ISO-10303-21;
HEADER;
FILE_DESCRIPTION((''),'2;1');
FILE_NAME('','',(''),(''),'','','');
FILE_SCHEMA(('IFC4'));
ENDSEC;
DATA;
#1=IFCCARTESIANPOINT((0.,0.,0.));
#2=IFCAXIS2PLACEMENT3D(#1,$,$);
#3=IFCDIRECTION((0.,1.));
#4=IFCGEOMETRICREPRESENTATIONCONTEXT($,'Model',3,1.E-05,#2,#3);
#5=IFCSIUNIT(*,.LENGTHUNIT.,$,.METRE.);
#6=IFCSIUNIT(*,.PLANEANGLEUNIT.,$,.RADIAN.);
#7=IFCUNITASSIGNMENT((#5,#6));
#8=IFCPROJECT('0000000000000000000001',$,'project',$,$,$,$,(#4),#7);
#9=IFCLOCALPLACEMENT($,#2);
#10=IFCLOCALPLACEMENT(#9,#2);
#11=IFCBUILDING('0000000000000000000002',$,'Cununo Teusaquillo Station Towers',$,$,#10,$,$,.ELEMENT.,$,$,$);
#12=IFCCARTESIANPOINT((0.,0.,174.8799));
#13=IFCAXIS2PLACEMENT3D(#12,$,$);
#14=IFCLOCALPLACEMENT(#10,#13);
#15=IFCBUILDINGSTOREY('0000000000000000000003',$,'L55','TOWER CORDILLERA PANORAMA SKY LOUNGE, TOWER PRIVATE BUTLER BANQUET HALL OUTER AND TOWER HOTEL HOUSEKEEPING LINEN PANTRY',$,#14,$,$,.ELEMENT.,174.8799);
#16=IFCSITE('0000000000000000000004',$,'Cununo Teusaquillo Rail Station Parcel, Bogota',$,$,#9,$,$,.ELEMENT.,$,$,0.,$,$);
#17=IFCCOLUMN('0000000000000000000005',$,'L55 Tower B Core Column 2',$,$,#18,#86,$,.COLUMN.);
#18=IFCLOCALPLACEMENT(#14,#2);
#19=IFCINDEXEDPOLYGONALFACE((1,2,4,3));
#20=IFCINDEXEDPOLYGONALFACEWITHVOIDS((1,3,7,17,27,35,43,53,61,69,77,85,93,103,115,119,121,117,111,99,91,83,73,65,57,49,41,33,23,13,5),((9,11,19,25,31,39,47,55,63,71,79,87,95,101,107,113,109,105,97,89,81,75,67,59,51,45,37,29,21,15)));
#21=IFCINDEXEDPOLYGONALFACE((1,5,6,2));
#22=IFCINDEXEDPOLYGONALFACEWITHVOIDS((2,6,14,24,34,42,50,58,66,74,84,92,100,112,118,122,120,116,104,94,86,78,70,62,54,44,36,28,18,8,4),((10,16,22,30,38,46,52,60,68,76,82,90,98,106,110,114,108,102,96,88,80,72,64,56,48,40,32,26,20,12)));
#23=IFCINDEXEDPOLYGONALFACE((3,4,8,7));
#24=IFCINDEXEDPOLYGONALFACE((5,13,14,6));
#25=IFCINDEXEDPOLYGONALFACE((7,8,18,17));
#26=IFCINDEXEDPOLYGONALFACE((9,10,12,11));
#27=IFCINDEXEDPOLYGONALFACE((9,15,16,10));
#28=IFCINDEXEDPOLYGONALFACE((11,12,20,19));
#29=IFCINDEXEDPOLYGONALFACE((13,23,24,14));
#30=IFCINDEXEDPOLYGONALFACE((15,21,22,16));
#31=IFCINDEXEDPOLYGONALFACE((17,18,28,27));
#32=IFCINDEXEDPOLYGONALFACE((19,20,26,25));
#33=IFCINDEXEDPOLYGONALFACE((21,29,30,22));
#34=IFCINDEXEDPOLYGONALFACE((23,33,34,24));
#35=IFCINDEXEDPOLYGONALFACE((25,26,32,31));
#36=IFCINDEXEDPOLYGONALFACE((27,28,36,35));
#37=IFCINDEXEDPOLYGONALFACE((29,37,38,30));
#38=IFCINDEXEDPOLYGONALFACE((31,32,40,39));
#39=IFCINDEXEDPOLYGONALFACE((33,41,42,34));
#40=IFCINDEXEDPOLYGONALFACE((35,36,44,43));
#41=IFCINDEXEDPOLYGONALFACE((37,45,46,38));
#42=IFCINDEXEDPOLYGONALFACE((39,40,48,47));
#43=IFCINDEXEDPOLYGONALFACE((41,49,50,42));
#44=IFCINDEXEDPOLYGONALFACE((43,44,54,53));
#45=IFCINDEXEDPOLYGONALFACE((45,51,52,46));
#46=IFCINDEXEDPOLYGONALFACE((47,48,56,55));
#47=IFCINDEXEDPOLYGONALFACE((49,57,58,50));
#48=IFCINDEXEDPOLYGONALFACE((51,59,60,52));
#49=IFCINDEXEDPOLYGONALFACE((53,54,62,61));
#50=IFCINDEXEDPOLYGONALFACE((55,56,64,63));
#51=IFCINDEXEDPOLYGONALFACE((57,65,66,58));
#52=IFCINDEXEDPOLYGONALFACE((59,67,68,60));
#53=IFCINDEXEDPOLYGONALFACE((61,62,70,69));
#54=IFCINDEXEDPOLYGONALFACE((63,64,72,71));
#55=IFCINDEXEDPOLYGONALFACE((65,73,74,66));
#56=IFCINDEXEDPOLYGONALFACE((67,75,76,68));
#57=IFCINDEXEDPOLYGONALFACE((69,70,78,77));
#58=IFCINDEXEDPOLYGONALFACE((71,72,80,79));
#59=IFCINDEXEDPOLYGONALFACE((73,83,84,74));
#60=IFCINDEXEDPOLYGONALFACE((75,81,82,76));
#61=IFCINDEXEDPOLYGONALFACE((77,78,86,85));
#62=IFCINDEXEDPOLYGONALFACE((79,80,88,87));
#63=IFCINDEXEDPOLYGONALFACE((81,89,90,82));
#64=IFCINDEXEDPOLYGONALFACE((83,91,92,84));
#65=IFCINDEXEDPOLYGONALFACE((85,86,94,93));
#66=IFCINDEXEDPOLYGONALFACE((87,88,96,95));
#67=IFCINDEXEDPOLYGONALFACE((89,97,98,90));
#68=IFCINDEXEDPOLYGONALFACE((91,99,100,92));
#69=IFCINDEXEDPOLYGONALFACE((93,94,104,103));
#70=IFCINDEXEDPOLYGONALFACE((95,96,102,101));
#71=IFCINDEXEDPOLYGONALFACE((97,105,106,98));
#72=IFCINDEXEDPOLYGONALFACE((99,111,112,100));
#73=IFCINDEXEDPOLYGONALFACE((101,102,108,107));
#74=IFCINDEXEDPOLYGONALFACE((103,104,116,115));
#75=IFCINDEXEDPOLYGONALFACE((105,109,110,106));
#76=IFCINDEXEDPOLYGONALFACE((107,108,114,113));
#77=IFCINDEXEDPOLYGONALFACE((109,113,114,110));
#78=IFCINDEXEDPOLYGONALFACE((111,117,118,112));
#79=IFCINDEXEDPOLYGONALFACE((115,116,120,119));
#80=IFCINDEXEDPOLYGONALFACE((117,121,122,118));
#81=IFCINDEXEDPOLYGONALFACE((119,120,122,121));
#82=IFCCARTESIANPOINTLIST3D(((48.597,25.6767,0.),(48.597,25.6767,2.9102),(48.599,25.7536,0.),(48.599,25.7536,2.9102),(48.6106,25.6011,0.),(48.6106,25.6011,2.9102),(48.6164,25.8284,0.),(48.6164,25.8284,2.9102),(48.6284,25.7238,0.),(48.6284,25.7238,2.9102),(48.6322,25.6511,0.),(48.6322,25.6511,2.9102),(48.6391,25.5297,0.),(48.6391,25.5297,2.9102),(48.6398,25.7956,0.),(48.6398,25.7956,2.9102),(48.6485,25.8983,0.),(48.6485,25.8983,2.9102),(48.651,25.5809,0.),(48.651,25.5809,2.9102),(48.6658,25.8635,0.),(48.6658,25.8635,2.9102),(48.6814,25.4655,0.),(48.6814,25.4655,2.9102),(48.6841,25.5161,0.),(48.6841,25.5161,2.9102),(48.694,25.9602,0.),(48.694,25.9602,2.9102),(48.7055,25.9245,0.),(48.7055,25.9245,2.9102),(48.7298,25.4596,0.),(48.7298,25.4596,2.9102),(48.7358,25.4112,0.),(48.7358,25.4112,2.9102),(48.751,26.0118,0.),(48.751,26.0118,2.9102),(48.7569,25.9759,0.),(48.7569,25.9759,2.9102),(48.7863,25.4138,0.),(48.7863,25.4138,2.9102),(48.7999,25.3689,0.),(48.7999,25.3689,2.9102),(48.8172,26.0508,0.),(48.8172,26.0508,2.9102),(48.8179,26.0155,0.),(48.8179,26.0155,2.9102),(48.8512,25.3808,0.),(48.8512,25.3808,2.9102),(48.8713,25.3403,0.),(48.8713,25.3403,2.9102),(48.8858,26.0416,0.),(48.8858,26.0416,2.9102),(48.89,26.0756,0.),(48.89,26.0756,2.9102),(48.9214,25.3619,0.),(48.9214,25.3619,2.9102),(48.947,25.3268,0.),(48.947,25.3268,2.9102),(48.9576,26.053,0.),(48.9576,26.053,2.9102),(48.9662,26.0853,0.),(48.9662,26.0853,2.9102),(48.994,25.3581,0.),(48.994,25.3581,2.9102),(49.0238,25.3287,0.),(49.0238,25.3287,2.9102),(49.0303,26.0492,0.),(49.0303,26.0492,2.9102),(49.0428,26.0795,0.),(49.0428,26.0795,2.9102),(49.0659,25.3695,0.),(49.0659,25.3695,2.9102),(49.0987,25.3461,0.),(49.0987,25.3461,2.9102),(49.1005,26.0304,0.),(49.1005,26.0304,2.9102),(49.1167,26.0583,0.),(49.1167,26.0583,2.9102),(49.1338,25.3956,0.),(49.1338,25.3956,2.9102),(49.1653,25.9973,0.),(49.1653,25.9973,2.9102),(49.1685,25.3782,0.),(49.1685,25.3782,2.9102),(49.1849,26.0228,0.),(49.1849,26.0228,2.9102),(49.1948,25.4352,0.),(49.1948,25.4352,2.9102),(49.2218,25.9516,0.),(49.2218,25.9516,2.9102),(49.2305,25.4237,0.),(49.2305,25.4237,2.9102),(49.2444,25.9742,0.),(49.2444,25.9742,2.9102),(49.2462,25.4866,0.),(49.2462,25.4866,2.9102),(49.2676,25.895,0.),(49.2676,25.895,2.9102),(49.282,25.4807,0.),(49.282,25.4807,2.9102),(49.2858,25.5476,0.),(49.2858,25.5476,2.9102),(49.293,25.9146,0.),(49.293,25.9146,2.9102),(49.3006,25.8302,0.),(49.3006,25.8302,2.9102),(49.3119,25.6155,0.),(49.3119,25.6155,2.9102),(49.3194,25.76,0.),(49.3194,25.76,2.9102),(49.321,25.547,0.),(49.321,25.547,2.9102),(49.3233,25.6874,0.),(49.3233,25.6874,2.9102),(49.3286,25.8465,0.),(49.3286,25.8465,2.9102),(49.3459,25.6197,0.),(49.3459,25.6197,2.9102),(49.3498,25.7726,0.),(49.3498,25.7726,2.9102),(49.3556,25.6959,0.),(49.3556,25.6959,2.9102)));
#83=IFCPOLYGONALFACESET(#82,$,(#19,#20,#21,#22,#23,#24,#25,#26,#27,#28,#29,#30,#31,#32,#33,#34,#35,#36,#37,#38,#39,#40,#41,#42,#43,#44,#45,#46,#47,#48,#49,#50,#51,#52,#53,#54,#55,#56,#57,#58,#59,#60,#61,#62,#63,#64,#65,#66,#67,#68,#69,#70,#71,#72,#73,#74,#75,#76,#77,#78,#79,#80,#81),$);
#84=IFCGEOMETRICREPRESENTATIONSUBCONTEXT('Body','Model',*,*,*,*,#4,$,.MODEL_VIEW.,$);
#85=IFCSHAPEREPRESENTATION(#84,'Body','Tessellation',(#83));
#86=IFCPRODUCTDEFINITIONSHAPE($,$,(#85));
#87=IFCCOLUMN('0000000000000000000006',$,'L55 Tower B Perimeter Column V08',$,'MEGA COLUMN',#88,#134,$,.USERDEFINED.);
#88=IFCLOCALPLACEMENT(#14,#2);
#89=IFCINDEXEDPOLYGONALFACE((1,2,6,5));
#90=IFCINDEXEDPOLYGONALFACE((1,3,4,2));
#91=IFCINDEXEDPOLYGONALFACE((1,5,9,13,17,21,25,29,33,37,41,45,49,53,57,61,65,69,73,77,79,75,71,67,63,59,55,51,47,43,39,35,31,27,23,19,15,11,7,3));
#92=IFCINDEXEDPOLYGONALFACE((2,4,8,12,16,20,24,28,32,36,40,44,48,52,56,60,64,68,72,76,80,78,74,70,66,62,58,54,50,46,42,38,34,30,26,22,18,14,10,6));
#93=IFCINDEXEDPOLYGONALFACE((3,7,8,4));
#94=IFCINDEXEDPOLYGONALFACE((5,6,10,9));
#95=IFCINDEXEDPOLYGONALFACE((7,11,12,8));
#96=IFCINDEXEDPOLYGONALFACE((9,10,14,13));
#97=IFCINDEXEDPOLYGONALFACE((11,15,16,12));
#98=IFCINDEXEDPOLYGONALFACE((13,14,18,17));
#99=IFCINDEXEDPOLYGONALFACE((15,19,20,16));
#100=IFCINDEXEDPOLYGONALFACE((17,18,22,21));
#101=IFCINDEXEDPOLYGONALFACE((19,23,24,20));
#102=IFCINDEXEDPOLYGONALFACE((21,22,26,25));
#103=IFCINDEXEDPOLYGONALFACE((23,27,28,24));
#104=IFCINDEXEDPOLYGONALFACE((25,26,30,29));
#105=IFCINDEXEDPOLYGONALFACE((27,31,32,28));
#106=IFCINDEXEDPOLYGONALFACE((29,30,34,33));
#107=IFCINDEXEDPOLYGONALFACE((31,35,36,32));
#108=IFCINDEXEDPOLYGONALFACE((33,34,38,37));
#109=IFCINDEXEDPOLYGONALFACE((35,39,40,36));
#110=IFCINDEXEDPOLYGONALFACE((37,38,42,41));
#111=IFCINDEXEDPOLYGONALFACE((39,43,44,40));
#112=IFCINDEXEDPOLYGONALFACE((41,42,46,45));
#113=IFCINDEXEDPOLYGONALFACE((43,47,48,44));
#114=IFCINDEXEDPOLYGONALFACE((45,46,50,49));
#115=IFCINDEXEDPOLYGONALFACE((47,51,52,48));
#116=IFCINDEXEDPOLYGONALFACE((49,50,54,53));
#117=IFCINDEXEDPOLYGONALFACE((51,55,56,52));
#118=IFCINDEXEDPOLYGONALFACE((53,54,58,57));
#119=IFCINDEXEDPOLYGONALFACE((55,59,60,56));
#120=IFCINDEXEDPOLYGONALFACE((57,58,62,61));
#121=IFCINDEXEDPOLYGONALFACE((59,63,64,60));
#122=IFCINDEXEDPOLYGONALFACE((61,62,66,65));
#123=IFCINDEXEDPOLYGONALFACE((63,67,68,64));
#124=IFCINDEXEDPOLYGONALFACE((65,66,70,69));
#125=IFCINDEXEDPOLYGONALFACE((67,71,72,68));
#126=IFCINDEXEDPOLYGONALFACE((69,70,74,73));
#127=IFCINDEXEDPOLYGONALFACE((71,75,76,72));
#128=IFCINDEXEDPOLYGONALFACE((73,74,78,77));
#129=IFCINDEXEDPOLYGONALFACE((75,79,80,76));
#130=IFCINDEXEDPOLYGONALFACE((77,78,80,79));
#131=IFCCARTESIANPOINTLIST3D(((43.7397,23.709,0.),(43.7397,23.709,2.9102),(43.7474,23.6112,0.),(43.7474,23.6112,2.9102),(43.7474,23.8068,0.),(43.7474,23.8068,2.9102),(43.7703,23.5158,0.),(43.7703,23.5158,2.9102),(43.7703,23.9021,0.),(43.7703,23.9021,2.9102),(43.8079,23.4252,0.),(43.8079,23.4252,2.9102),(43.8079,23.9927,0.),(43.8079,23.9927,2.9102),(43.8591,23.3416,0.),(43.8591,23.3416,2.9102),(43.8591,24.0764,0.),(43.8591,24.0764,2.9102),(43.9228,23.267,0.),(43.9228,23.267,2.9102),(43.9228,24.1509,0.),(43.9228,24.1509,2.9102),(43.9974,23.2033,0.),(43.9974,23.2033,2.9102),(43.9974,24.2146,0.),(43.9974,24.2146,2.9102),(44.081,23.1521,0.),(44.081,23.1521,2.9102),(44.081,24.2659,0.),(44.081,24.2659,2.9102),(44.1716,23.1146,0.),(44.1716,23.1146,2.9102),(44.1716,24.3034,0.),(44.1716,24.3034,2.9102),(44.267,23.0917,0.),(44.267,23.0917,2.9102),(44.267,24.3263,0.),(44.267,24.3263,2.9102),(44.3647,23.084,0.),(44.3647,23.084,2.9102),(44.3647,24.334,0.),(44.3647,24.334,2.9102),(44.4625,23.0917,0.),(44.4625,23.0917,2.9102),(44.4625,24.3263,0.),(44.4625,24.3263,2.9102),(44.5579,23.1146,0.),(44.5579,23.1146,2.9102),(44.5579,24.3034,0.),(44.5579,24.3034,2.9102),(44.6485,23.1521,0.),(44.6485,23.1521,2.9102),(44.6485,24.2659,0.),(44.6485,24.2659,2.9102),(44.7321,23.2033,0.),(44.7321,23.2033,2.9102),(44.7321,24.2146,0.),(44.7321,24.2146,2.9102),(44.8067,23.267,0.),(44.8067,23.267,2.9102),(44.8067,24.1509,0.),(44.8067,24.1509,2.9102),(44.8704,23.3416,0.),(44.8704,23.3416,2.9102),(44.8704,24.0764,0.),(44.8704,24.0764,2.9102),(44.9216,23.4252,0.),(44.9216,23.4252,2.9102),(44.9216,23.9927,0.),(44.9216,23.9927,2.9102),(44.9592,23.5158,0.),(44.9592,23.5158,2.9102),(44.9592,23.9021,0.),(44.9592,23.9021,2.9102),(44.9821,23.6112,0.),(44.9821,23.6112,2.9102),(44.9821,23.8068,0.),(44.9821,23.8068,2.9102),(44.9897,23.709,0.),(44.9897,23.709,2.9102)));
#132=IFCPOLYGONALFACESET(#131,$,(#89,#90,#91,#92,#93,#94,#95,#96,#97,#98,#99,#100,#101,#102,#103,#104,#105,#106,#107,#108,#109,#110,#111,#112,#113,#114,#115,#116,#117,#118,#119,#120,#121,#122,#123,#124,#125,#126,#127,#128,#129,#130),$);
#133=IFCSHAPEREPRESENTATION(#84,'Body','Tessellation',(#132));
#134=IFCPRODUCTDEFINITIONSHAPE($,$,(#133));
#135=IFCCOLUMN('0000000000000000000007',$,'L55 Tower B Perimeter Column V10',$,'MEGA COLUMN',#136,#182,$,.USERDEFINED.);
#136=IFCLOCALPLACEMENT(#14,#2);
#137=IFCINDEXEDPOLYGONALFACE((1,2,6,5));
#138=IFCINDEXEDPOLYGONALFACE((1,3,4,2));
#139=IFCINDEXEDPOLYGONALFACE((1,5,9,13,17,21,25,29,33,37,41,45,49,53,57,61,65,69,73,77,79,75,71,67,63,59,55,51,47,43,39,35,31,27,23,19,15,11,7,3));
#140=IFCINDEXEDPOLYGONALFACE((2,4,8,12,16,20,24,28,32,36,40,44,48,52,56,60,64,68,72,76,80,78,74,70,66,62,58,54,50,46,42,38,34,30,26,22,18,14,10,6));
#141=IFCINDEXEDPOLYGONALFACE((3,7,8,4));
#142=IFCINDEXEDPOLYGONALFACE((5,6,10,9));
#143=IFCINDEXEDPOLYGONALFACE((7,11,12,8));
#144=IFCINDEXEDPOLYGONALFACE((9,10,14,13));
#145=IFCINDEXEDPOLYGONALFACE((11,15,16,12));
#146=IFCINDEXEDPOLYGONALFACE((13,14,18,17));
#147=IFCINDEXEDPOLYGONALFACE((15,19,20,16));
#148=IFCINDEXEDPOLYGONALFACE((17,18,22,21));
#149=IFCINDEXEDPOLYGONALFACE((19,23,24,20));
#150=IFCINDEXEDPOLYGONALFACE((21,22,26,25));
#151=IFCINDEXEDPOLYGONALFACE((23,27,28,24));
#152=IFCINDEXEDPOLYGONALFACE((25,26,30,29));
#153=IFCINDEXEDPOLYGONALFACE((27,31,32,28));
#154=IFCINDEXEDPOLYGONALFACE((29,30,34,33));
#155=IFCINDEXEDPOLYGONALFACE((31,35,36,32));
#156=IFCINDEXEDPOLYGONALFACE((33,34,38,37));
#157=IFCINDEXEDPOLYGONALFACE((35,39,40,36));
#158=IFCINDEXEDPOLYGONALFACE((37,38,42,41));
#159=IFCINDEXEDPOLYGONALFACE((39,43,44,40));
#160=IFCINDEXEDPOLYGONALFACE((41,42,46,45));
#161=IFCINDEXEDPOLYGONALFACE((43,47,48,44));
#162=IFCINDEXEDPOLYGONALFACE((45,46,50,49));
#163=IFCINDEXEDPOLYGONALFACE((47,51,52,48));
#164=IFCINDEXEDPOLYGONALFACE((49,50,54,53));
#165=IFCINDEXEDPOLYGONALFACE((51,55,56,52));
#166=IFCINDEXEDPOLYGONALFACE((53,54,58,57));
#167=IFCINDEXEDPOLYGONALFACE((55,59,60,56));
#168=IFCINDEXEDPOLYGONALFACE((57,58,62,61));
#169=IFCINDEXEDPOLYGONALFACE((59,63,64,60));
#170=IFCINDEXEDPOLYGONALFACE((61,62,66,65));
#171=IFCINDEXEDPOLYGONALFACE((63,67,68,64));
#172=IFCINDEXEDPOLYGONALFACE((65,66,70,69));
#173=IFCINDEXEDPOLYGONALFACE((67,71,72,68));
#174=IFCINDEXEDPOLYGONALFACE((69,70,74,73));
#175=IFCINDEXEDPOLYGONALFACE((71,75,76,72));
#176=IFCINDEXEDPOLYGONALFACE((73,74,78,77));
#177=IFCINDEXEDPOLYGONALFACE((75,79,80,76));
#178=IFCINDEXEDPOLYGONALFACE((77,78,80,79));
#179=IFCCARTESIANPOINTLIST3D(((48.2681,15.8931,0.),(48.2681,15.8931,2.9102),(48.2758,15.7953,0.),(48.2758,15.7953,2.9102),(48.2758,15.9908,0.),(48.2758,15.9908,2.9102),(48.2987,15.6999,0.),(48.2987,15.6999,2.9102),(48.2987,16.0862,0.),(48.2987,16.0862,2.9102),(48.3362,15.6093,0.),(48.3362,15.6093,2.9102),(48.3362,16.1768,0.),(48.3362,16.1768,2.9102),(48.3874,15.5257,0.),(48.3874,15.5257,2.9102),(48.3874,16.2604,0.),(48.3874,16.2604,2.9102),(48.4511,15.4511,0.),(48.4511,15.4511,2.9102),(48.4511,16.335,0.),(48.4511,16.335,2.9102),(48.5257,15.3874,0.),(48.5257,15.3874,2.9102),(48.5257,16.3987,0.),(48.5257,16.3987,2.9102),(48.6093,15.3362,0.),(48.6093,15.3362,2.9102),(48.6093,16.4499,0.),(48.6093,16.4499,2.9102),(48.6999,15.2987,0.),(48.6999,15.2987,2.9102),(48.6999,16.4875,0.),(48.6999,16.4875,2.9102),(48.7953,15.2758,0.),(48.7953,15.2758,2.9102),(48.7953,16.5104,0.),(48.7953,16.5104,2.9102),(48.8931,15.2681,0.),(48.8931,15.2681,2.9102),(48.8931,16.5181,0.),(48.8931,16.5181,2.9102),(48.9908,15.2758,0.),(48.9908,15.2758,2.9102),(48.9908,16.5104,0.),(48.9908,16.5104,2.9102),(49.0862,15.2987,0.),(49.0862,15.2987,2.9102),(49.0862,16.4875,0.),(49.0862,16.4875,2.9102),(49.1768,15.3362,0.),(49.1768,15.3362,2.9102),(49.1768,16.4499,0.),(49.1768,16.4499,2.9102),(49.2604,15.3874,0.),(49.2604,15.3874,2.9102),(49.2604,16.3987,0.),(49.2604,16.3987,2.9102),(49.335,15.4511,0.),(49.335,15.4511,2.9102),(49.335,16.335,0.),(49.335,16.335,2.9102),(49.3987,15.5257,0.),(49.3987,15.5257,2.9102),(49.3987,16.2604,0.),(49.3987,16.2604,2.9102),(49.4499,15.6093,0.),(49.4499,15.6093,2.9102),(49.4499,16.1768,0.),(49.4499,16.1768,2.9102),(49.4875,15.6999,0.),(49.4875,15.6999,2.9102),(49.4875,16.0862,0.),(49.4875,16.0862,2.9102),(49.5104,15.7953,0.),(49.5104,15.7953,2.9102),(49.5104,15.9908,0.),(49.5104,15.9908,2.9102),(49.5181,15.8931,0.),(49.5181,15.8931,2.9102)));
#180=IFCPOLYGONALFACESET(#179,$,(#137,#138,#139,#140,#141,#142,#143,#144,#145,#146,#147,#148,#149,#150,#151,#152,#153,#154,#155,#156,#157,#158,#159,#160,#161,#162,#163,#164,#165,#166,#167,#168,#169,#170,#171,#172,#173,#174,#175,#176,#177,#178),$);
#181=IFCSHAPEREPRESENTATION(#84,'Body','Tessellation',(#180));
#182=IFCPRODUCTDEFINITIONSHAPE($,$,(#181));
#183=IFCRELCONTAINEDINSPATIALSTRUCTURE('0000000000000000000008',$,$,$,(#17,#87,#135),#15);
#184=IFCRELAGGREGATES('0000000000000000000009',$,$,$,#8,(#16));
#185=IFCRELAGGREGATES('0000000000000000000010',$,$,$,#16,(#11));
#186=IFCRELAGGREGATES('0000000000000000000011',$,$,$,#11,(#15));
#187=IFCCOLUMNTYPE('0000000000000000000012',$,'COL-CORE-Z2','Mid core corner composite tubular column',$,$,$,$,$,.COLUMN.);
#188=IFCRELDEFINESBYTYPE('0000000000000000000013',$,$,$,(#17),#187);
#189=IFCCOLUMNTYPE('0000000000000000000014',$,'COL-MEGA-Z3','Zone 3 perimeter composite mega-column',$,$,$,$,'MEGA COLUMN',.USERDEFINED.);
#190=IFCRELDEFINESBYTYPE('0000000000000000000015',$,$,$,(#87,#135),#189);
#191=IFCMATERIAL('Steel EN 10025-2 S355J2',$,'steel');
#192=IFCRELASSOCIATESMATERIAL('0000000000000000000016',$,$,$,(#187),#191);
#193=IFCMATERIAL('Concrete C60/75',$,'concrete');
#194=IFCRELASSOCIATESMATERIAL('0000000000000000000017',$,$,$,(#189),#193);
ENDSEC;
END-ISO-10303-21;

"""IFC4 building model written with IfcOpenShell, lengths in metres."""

from ifc_helpers import new_model, si_unit, direction, frame, origin, origin_2d, place, context, subcontext, project, spatial, circle, hollow_circle, extrude, material, material_profile, profile_set, type_object, element, save


model = new_model("IFC4")

# Units and contexts
model_context = context("Model", 3, precision=1e-05, world=origin(), true_north=direction((0.0, 1.0)))
body_context = subcontext(model_context, "Body", "Model", "MODEL_VIEW")
ifc_project = project(units=[si_unit("LENGTHUNIT", "METRE"), si_unit("PLANEANGLEUNIT", "RADIAN")], contexts=[model_context])

# Site, building, storey
site_placement = place(None, origin())
site = spatial("IfcSite", under=ifc_project, at=site_placement, Name="Cununo Teusaquillo Rail Station Parcel, Bogota", CompositionType="ELEMENT", RefElevation=0.0)
building_placement = place(site_placement, origin())
building = spatial("IfcBuilding", under=site, at=building_placement, Name="Cununo Teusaquillo Station Towers", CompositionType="ELEMENT")
storey_placement = place(building_placement, frame((0.0, 0.0, 174.8799)))
storey = spatial("IfcBuildingStorey", under=building, at=storey_placement, Name="L55", Description="TOWER CORDILLERA PANORAMA SKY LOUNGE, TOWER PRIVATE BUTLER BANQUET HALL OUTER AND TOWER HOTEL HOUSEKEEPING LINEN PANTRY", CompositionType="ELEMENT", Elevation=174.8799)

# Columns
ifc_material_1 = material(Name="Steel EN 10025-2 S355J2", Category="steel")
ifc_material_profile_1 = material_profile(ifc_material_1, hollow_circle(Radius=0.3799, WallThickness=0.032, at=origin_2d()), Name="CHS 760x32")
ifc_profile_set_1 = profile_set([ifc_material_profile_1], Name="Steel EN 10025-2 S355J2")
column_type_1 = type_object("IfcColumnType", Name="COL-CORE-Z2", Description="Mid core corner composite tubular column", PredefinedType="COLUMN", material=ifc_profile_set_1)
column_placement = place(storey_placement, frame((48.9758, 25.7056, 0.0), z_axis=(0.0, 0.0, 1.0), x_axis=(0.707107, 0.707107, 0.0)))
element("IfcColumn", 1, at=column_placement, inside=storey, type_object=column_type_1, Name="L55 Tower B Core Column 2", PredefinedType="COLUMN", context=body_context, shape_type="SweptSolid", body=[
    extrude(hollow_circle(Radius=0.3799, WallThickness=0.032, at=origin_2d()), origin(), (0.0, 0.0, 1.0), 2.9102),
])
ifc_material_2 = material(Name="Concrete C60/75", Category="concrete")
ifc_material_profile_2 = material_profile(ifc_material_2, circle(Radius=0.625, at=origin_2d()), Name="RC-CIRC-1250")
ifc_profile_set_2 = profile_set([ifc_material_profile_2], Name="Concrete C60/75")
column_type_2 = type_object("IfcColumnType", Name="COL-MEGA-Z3", Description="Zone 3 perimeter composite mega-column", ElementType="MEGA COLUMN", PredefinedType="USERDEFINED", material=ifc_profile_set_2)
for number, where, z_axis, x_axis, name in (
    (2, (44.3647, 23.709, 0.0), (0.0, 0.0, 1.0), (1.0, 0.0, 0.0), "L55 Tower B Perimeter Column V08"),
    (3, (48.8931, 15.8931, 0.0), (0.0, 0.0, 1.0), (1.0, 0.0, 0.0), "L55 Tower B Perimeter Column V10"),
):
    element("IfcColumn", number, at=place(storey_placement, frame(where, z_axis=z_axis, x_axis=x_axis)), inside=storey, type_object=column_type_2, Name=name, ObjectType="MEGA COLUMN", PredefinedType="USERDEFINED", context=body_context, shape_type="SweptSolid", body=[
        extrude(circle(Radius=0.625, at=origin_2d()), origin(), (0.0, 0.0, 1.0), 2.9102),
    ])

save(model, "model.ifc")
